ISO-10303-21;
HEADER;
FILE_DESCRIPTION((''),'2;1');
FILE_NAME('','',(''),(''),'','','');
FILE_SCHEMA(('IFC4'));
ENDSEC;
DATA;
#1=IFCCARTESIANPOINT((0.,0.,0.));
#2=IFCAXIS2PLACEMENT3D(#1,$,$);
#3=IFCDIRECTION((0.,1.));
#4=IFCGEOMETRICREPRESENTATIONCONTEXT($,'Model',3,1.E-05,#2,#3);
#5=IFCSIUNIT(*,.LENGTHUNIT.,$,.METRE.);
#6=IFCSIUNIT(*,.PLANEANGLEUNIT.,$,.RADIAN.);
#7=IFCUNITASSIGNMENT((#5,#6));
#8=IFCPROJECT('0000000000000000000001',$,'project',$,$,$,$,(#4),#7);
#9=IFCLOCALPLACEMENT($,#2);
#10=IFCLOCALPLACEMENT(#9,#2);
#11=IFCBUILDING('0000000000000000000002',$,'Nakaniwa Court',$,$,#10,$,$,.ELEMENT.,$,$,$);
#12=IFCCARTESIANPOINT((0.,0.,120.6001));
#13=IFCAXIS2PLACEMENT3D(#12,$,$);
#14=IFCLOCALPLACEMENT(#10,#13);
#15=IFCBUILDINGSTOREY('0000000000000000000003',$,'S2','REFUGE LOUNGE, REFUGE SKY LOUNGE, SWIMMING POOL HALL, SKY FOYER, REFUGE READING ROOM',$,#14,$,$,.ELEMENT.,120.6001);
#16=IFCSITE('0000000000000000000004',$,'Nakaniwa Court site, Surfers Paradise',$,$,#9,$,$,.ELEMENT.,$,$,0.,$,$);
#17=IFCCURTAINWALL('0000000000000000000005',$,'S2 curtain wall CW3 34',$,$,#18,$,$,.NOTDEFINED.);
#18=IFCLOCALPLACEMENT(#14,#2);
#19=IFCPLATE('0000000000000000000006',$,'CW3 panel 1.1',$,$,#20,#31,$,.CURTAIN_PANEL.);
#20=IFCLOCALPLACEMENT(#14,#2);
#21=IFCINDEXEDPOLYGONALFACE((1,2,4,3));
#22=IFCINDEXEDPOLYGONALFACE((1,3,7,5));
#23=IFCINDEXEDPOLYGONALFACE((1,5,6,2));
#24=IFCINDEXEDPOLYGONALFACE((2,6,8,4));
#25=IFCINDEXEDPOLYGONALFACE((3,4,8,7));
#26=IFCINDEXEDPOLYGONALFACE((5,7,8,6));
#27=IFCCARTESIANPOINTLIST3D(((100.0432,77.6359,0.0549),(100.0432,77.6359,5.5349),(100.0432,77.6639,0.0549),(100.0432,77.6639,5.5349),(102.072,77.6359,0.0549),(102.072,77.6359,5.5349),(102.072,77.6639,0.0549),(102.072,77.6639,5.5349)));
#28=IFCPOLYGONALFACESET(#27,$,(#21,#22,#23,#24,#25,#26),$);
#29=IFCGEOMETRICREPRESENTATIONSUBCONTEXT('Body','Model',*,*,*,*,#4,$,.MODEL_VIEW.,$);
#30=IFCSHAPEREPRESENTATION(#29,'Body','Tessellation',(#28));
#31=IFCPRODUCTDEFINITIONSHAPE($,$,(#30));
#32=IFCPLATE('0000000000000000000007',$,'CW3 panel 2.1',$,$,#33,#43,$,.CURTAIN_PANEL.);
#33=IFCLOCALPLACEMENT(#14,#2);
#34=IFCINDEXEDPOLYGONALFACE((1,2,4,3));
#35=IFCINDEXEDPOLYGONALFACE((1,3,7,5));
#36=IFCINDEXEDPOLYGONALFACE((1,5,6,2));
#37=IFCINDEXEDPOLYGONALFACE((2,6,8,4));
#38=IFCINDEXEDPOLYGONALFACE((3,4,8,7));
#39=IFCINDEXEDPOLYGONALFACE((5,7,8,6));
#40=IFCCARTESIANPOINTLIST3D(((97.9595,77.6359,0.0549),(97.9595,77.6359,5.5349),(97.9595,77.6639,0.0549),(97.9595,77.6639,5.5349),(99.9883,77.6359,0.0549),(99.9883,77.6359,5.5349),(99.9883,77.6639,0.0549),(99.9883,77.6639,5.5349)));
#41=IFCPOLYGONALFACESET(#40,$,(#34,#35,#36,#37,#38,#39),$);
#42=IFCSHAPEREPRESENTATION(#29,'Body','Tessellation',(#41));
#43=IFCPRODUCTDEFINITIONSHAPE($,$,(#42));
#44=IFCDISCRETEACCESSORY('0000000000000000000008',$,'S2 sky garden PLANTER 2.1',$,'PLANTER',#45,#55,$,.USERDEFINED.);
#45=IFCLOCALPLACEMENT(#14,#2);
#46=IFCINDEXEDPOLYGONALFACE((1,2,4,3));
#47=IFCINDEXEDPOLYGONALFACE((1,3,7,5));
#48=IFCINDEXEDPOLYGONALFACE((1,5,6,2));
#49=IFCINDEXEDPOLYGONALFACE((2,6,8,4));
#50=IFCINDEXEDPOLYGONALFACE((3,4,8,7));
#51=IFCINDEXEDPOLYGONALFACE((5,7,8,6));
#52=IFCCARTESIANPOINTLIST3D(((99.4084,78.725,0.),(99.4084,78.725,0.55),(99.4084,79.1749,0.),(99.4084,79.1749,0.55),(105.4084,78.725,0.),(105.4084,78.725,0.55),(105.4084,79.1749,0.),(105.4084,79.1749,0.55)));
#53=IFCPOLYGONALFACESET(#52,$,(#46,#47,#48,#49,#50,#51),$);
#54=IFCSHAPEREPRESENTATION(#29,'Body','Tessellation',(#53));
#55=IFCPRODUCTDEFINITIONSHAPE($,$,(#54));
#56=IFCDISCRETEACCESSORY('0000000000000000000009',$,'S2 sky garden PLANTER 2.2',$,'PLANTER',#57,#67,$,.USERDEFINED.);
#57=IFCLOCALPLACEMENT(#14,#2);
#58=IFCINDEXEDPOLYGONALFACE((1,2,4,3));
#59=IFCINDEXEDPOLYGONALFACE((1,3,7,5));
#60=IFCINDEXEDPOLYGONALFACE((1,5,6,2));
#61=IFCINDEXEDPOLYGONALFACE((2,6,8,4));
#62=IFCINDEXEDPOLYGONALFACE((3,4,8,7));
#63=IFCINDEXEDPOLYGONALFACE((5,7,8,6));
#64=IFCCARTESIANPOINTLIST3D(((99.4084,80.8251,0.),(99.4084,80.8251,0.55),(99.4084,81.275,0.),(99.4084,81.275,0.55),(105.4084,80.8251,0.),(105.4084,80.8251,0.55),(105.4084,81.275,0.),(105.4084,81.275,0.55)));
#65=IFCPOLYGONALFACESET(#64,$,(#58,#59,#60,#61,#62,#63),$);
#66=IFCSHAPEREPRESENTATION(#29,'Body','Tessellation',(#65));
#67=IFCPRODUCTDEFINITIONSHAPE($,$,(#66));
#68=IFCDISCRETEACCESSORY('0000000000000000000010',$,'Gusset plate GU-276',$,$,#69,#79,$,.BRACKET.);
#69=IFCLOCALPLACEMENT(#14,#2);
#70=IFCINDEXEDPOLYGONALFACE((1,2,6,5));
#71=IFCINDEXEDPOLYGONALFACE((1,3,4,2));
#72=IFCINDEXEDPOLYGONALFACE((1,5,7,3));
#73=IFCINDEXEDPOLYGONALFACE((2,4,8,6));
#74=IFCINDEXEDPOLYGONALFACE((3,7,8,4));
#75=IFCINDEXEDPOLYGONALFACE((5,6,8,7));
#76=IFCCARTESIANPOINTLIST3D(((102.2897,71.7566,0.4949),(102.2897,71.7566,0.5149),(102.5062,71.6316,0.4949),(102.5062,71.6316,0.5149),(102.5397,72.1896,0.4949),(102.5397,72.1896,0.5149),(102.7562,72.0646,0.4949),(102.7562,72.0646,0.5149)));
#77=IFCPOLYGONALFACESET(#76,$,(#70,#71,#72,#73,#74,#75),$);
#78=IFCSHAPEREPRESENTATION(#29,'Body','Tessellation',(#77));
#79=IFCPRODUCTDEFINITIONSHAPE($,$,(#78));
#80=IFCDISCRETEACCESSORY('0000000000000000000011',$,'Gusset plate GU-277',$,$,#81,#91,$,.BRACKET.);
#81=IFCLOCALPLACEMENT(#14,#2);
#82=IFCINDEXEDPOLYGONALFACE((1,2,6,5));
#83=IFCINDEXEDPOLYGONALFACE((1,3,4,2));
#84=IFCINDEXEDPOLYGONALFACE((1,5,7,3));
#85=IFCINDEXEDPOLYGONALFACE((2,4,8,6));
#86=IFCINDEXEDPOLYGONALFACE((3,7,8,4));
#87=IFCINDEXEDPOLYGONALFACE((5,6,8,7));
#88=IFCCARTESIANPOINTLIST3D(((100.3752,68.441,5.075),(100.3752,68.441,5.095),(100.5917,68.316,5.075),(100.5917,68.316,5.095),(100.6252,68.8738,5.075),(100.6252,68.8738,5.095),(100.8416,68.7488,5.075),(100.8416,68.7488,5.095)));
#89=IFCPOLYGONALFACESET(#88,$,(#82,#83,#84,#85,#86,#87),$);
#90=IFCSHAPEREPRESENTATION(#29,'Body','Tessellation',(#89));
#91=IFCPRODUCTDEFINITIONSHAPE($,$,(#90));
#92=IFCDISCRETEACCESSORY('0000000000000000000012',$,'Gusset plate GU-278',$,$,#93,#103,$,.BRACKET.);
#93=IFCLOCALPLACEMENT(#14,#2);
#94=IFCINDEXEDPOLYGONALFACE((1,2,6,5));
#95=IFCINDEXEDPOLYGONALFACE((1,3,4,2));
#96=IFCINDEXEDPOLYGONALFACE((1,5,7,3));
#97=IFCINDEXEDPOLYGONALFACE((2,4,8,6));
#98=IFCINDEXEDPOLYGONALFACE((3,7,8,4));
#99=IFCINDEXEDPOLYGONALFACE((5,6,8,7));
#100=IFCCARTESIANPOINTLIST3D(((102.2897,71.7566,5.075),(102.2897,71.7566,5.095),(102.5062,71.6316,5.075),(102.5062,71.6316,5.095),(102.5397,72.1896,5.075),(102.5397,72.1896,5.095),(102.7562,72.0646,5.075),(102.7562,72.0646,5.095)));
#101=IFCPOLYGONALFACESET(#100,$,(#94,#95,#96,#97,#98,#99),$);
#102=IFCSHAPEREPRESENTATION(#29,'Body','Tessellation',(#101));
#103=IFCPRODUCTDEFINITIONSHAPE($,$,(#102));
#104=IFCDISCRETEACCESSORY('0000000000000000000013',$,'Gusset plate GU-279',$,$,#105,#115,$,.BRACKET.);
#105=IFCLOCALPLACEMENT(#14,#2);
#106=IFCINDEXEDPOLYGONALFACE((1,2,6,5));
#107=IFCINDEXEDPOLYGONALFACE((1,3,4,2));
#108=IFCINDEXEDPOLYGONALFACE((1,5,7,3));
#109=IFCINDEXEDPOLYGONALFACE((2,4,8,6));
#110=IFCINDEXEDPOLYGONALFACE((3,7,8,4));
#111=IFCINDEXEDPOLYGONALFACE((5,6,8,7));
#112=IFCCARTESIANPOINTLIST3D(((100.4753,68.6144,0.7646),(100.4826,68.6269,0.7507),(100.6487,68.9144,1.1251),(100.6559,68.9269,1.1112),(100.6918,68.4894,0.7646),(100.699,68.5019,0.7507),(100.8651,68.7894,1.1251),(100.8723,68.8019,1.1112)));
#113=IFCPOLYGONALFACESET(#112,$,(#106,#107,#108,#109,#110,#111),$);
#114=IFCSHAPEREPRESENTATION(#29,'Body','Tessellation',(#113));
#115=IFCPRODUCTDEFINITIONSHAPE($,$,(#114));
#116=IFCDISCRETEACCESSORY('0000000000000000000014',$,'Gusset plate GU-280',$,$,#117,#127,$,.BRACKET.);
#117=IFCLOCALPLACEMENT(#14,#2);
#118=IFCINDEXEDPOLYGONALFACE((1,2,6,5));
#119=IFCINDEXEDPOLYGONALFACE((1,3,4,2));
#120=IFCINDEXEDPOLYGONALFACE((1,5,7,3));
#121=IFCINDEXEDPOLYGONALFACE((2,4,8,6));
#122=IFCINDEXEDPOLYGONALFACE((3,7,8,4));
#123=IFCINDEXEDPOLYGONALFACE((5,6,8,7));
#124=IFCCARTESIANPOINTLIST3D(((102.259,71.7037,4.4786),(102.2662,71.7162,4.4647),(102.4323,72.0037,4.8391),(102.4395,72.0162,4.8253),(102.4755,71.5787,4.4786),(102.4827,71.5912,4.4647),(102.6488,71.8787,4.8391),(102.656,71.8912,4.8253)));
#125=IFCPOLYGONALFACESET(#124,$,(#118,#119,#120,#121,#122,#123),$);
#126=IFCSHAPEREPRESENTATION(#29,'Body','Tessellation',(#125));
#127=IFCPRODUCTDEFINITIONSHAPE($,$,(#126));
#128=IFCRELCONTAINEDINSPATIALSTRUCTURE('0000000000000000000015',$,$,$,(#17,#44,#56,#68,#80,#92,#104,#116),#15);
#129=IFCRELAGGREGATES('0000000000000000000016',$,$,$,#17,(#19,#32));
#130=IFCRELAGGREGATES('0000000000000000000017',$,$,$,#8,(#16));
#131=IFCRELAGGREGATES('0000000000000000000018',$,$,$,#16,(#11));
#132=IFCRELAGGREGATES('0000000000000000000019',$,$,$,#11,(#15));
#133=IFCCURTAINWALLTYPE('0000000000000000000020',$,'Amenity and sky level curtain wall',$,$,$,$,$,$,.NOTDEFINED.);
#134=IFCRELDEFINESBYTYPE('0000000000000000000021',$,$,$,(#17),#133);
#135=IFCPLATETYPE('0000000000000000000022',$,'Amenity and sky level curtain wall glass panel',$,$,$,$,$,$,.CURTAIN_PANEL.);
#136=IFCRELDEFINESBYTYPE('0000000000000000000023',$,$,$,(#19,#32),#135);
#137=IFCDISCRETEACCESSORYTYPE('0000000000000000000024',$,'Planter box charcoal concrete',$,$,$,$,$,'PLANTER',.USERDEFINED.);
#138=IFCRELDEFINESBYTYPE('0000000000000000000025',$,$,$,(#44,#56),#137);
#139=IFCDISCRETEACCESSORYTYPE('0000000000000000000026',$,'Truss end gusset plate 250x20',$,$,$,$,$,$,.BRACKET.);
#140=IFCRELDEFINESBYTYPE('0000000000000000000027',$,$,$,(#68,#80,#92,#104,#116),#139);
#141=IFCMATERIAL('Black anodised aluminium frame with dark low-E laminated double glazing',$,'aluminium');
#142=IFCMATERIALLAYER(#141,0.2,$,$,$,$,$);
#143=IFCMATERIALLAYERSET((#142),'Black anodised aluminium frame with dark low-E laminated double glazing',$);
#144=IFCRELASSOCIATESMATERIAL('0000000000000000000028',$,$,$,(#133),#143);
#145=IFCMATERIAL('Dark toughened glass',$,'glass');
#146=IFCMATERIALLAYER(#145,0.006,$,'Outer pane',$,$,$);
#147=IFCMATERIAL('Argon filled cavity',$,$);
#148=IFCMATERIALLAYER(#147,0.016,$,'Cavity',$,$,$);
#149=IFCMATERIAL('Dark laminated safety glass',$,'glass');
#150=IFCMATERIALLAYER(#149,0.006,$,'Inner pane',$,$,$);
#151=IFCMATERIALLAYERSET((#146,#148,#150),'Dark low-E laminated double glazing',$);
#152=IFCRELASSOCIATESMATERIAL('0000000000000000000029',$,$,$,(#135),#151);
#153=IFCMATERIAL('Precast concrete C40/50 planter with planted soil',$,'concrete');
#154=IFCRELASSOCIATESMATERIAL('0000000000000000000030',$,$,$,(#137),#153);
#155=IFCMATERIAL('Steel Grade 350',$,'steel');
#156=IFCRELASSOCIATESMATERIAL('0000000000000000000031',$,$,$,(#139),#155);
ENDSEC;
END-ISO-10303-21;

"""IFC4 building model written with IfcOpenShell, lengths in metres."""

from ifc_helpers import new_model, si_unit, direction, frame, origin, origin_2d, place, context, subcontext, project, spatial, rectangle, extrude, material, layer, layer_set, material_profile, profile_set, type_object, element, aggregate, save


model = new_model("IFC4")

# Units and contexts
model_context = context("Model", 3, precision=1e-05, world=origin(), true_north=direction((0.0, 1.0)))
body_context = subcontext(model_context, "Body", "Model", "MODEL_VIEW")
ifc_project = project(units=[si_unit("LENGTHUNIT", "METRE"), si_unit("PLANEANGLEUNIT", "RADIAN")], contexts=[model_context])

# Site, building, storey
site_placement = place(None, origin())
site = spatial("IfcSite", under=ifc_project, at=site_placement, Name="Nakaniwa Court site, Surfers Paradise", CompositionType="ELEMENT", RefElevation=0.0)
building_placement = place(site_placement, origin())
building = spatial("IfcBuilding", under=site, at=building_placement, Name="Nakaniwa Court", CompositionType="ELEMENT")
storey_placement = place(building_placement, frame((0.0, 0.0, 120.6001)))
storey = spatial("IfcBuildingStorey", under=building, at=storey_placement, Name="S2", Description="REFUGE LOUNGE, REFUGE SKY LOUNGE, SWIMMING POOL HALL, SKY FOYER, REFUGE READING ROOM", CompositionType="ELEMENT", Elevation=120.6001)

# Curtain wall
ifc_material_1 = material(Name="Black anodised aluminium frame with dark low-E laminated double glazing", Category="aluminium")
ifc_layer_1 = layer(ifc_material_1, 0.2)
ifc_layer_set_1 = layer_set([ifc_layer_1], Name="Black anodised aluminium frame with dark low-E laminated double glazing")
curtain_wall_type = type_object("IfcCurtainWallType", Name="Amenity and sky level curtain wall", PredefinedType="NOTDEFINED", material=ifc_layer_set_1)
curtain_wall_placement = place(storey_placement, origin())
curtain_wall = element("IfcCurtainWall", 1, at=curtain_wall_placement, inside=storey, type_object=curtain_wall_type, Name="S2 curtain wall CW3 34", PredefinedType="NOTDEFINED")

# Plates
ifc_material_2 = material(Name="Dark toughened glass", Category="glass")
ifc_layer_2 = layer(ifc_material_2, 0.006, Name="Outer pane")
ifc_material_3 = material(Name="Argon filled cavity")
ifc_layer_3 = layer(ifc_material_3, 0.016, Name="Cavity")
ifc_material_4 = material(Name="Dark laminated safety glass", Category="glass")
ifc_layer_4 = layer(ifc_material_4, 0.006, Name="Inner pane")
ifc_layer_set_2 = layer_set([ifc_layer_2, ifc_layer_3, ifc_layer_4], Name="Dark low-E laminated double glazing")
plate_type = type_object("IfcPlateType", Name="Amenity and sky level curtain wall glass panel", PredefinedType="CURTAIN_PANEL", material=ifc_layer_set_2)
plate_1_placement = place(storey_placement, frame((101.0576, 77.6499, 0.0549), z_axis=(0.0, 0.0, 1.0), x_axis=(-1.0, 0.0, 0.0)))
plate_1 = element("IfcPlate", 2, at=plate_1_placement, type_object=plate_type, Name="CW3 panel 1.1", PredefinedType="CURTAIN_PANEL", context=body_context, shape_type="SweptSolid", body=[
    extrude(rectangle(XDim=2.0288, YDim=0.0281, at=origin_2d()), origin(), (0.0, 0.0, 1.0), 5.48),
])
plate_2_placement = place(storey_placement, frame((98.9739, 77.6499, 0.0549), z_axis=(0.0, 0.0, 1.0), x_axis=(-1.0, 0.0, 0.0)))
plate_2 = element("IfcPlate", 3, at=plate_2_placement, type_object=plate_type, Name="CW3 panel 2.1", PredefinedType="CURTAIN_PANEL", context=body_context, shape_type="SweptSolid", body=[
    extrude(rectangle(XDim=2.0288, YDim=0.0281, at=origin_2d()), origin(), (0.0, 0.0, 1.0), 5.48),
])
aggregate(curtain_wall, [plate_1, plate_2])

# Discrete accessories
ifc_material_5 = material(Name="Precast concrete C40/50 planter with planted soil", Category="concrete")
discrete_accessory_type_1 = type_object("IfcDiscreteAccessoryType", Name="Planter box charcoal concrete", ElementType="PLANTER", PredefinedType="USERDEFINED", material=ifc_material_5)
for number, where, z_axis, x_axis, name in (
    (4, (102.4084, 78.95, 0.0), (0.0, 0.0, 1.0), (1.0, 0.0, 0.0), "S2 sky garden PLANTER 2.1"),
    (5, (102.4084, 81.05, 0.0), (0.0, 0.0, 1.0), (1.0, 0.0, 0.0), "S2 sky garden PLANTER 2.2"),
):
    element("IfcDiscreteAccessory", number, at=place(storey_placement, frame(where, z_axis=z_axis, x_axis=x_axis)), inside=storey, type_object=discrete_accessory_type_1, Name=name, ObjectType="PLANTER", PredefinedType="USERDEFINED", context=body_context, shape_type="SweptSolid", body=[
        extrude(rectangle(XDim=6.0, YDim=0.45, at=origin_2d()), origin(), (0.0, 0.0, 1.0), 0.55),
    ])
ifc_material_6 = material(Name="Steel Grade 350", Category="steel")
ifc_material_profile_1 = material_profile(ifc_material_6, rectangle(XDim=0.25, YDim=0.02, at=origin_2d()), Name="Truss end gusset plate 250x20")
ifc_profile_set_1 = profile_set([ifc_material_profile_1], Name="Steel Grade 350")
discrete_accessory_type_2 = type_object("IfcDiscreteAccessoryType", Name="Truss end gusset plate 250x20", PredefinedType="BRACKET", material=ifc_profile_set_1)
discrete_accessory_1_placement = place(storey_placement, frame((102.3979, 71.6941, 0.5049), z_axis=(0.49992, 0.866072, 0.0), x_axis=(-0.866072, 0.49992, 0.0)))
element("IfcDiscreteAccessory", 6, at=discrete_accessory_1_placement, inside=storey, type_object=discrete_accessory_type_2, Name="Gusset plate GU-276", PredefinedType="BRACKET", context=body_context, shape_type="SweptSolid", body=[
    extrude(rectangle(XDim=0.25, YDim=0.02, at=origin_2d()), origin(), (0.0, 0.0, 1.0), 0.5),
])
discrete_accessory_2_placement = place(storey_placement, frame((100.7334, 68.8113, 5.085), z_axis=(-0.500131, -0.86595, 0.0), x_axis=(0.86595, -0.500131, 0.0)))
element("IfcDiscreteAccessory", 7, at=discrete_accessory_2_placement, inside=storey, type_object=discrete_accessory_type_2, Name="Gusset plate GU-277", PredefinedType="BRACKET", context=body_context, shape_type="SweptSolid", body=[
    extrude(rectangle(XDim=0.25, YDim=0.02, at=origin_2d()), origin(), (0.0, 0.0, 1.0), 0.4998),
])
for number, where, z_axis, x_axis, name in (
    (8, (102.3979, 71.6941, 5.085), (0.49992, 0.866072, 0.0), (-0.866072, 0.49992, 0.0), "Gusset plate GU-278"),
    (9, (100.7605, 68.8582, 1.1182), (-0.346607, -0.599971, -0.72104), (0.865892, -0.500231, 0.0), "Gusset plate GU-279"),
    (10, (102.3708, 71.6475, 4.4717), (0.346607, 0.599971, 0.72104), (-0.865892, 0.500231, 0.0), "Gusset plate GU-280"),
):
    element("IfcDiscreteAccessory", number, at=place(storey_placement, frame(where, z_axis=z_axis, x_axis=x_axis)), inside=storey, type_object=discrete_accessory_type_2, Name=name, PredefinedType="BRACKET", context=body_context, shape_type="SweptSolid", body=[
        extrude(rectangle(XDim=0.25, YDim=0.02, at=origin_2d()), origin(), (0.0, 0.0, 1.0), 0.5),
    ])

save(model, "model.ifc")
